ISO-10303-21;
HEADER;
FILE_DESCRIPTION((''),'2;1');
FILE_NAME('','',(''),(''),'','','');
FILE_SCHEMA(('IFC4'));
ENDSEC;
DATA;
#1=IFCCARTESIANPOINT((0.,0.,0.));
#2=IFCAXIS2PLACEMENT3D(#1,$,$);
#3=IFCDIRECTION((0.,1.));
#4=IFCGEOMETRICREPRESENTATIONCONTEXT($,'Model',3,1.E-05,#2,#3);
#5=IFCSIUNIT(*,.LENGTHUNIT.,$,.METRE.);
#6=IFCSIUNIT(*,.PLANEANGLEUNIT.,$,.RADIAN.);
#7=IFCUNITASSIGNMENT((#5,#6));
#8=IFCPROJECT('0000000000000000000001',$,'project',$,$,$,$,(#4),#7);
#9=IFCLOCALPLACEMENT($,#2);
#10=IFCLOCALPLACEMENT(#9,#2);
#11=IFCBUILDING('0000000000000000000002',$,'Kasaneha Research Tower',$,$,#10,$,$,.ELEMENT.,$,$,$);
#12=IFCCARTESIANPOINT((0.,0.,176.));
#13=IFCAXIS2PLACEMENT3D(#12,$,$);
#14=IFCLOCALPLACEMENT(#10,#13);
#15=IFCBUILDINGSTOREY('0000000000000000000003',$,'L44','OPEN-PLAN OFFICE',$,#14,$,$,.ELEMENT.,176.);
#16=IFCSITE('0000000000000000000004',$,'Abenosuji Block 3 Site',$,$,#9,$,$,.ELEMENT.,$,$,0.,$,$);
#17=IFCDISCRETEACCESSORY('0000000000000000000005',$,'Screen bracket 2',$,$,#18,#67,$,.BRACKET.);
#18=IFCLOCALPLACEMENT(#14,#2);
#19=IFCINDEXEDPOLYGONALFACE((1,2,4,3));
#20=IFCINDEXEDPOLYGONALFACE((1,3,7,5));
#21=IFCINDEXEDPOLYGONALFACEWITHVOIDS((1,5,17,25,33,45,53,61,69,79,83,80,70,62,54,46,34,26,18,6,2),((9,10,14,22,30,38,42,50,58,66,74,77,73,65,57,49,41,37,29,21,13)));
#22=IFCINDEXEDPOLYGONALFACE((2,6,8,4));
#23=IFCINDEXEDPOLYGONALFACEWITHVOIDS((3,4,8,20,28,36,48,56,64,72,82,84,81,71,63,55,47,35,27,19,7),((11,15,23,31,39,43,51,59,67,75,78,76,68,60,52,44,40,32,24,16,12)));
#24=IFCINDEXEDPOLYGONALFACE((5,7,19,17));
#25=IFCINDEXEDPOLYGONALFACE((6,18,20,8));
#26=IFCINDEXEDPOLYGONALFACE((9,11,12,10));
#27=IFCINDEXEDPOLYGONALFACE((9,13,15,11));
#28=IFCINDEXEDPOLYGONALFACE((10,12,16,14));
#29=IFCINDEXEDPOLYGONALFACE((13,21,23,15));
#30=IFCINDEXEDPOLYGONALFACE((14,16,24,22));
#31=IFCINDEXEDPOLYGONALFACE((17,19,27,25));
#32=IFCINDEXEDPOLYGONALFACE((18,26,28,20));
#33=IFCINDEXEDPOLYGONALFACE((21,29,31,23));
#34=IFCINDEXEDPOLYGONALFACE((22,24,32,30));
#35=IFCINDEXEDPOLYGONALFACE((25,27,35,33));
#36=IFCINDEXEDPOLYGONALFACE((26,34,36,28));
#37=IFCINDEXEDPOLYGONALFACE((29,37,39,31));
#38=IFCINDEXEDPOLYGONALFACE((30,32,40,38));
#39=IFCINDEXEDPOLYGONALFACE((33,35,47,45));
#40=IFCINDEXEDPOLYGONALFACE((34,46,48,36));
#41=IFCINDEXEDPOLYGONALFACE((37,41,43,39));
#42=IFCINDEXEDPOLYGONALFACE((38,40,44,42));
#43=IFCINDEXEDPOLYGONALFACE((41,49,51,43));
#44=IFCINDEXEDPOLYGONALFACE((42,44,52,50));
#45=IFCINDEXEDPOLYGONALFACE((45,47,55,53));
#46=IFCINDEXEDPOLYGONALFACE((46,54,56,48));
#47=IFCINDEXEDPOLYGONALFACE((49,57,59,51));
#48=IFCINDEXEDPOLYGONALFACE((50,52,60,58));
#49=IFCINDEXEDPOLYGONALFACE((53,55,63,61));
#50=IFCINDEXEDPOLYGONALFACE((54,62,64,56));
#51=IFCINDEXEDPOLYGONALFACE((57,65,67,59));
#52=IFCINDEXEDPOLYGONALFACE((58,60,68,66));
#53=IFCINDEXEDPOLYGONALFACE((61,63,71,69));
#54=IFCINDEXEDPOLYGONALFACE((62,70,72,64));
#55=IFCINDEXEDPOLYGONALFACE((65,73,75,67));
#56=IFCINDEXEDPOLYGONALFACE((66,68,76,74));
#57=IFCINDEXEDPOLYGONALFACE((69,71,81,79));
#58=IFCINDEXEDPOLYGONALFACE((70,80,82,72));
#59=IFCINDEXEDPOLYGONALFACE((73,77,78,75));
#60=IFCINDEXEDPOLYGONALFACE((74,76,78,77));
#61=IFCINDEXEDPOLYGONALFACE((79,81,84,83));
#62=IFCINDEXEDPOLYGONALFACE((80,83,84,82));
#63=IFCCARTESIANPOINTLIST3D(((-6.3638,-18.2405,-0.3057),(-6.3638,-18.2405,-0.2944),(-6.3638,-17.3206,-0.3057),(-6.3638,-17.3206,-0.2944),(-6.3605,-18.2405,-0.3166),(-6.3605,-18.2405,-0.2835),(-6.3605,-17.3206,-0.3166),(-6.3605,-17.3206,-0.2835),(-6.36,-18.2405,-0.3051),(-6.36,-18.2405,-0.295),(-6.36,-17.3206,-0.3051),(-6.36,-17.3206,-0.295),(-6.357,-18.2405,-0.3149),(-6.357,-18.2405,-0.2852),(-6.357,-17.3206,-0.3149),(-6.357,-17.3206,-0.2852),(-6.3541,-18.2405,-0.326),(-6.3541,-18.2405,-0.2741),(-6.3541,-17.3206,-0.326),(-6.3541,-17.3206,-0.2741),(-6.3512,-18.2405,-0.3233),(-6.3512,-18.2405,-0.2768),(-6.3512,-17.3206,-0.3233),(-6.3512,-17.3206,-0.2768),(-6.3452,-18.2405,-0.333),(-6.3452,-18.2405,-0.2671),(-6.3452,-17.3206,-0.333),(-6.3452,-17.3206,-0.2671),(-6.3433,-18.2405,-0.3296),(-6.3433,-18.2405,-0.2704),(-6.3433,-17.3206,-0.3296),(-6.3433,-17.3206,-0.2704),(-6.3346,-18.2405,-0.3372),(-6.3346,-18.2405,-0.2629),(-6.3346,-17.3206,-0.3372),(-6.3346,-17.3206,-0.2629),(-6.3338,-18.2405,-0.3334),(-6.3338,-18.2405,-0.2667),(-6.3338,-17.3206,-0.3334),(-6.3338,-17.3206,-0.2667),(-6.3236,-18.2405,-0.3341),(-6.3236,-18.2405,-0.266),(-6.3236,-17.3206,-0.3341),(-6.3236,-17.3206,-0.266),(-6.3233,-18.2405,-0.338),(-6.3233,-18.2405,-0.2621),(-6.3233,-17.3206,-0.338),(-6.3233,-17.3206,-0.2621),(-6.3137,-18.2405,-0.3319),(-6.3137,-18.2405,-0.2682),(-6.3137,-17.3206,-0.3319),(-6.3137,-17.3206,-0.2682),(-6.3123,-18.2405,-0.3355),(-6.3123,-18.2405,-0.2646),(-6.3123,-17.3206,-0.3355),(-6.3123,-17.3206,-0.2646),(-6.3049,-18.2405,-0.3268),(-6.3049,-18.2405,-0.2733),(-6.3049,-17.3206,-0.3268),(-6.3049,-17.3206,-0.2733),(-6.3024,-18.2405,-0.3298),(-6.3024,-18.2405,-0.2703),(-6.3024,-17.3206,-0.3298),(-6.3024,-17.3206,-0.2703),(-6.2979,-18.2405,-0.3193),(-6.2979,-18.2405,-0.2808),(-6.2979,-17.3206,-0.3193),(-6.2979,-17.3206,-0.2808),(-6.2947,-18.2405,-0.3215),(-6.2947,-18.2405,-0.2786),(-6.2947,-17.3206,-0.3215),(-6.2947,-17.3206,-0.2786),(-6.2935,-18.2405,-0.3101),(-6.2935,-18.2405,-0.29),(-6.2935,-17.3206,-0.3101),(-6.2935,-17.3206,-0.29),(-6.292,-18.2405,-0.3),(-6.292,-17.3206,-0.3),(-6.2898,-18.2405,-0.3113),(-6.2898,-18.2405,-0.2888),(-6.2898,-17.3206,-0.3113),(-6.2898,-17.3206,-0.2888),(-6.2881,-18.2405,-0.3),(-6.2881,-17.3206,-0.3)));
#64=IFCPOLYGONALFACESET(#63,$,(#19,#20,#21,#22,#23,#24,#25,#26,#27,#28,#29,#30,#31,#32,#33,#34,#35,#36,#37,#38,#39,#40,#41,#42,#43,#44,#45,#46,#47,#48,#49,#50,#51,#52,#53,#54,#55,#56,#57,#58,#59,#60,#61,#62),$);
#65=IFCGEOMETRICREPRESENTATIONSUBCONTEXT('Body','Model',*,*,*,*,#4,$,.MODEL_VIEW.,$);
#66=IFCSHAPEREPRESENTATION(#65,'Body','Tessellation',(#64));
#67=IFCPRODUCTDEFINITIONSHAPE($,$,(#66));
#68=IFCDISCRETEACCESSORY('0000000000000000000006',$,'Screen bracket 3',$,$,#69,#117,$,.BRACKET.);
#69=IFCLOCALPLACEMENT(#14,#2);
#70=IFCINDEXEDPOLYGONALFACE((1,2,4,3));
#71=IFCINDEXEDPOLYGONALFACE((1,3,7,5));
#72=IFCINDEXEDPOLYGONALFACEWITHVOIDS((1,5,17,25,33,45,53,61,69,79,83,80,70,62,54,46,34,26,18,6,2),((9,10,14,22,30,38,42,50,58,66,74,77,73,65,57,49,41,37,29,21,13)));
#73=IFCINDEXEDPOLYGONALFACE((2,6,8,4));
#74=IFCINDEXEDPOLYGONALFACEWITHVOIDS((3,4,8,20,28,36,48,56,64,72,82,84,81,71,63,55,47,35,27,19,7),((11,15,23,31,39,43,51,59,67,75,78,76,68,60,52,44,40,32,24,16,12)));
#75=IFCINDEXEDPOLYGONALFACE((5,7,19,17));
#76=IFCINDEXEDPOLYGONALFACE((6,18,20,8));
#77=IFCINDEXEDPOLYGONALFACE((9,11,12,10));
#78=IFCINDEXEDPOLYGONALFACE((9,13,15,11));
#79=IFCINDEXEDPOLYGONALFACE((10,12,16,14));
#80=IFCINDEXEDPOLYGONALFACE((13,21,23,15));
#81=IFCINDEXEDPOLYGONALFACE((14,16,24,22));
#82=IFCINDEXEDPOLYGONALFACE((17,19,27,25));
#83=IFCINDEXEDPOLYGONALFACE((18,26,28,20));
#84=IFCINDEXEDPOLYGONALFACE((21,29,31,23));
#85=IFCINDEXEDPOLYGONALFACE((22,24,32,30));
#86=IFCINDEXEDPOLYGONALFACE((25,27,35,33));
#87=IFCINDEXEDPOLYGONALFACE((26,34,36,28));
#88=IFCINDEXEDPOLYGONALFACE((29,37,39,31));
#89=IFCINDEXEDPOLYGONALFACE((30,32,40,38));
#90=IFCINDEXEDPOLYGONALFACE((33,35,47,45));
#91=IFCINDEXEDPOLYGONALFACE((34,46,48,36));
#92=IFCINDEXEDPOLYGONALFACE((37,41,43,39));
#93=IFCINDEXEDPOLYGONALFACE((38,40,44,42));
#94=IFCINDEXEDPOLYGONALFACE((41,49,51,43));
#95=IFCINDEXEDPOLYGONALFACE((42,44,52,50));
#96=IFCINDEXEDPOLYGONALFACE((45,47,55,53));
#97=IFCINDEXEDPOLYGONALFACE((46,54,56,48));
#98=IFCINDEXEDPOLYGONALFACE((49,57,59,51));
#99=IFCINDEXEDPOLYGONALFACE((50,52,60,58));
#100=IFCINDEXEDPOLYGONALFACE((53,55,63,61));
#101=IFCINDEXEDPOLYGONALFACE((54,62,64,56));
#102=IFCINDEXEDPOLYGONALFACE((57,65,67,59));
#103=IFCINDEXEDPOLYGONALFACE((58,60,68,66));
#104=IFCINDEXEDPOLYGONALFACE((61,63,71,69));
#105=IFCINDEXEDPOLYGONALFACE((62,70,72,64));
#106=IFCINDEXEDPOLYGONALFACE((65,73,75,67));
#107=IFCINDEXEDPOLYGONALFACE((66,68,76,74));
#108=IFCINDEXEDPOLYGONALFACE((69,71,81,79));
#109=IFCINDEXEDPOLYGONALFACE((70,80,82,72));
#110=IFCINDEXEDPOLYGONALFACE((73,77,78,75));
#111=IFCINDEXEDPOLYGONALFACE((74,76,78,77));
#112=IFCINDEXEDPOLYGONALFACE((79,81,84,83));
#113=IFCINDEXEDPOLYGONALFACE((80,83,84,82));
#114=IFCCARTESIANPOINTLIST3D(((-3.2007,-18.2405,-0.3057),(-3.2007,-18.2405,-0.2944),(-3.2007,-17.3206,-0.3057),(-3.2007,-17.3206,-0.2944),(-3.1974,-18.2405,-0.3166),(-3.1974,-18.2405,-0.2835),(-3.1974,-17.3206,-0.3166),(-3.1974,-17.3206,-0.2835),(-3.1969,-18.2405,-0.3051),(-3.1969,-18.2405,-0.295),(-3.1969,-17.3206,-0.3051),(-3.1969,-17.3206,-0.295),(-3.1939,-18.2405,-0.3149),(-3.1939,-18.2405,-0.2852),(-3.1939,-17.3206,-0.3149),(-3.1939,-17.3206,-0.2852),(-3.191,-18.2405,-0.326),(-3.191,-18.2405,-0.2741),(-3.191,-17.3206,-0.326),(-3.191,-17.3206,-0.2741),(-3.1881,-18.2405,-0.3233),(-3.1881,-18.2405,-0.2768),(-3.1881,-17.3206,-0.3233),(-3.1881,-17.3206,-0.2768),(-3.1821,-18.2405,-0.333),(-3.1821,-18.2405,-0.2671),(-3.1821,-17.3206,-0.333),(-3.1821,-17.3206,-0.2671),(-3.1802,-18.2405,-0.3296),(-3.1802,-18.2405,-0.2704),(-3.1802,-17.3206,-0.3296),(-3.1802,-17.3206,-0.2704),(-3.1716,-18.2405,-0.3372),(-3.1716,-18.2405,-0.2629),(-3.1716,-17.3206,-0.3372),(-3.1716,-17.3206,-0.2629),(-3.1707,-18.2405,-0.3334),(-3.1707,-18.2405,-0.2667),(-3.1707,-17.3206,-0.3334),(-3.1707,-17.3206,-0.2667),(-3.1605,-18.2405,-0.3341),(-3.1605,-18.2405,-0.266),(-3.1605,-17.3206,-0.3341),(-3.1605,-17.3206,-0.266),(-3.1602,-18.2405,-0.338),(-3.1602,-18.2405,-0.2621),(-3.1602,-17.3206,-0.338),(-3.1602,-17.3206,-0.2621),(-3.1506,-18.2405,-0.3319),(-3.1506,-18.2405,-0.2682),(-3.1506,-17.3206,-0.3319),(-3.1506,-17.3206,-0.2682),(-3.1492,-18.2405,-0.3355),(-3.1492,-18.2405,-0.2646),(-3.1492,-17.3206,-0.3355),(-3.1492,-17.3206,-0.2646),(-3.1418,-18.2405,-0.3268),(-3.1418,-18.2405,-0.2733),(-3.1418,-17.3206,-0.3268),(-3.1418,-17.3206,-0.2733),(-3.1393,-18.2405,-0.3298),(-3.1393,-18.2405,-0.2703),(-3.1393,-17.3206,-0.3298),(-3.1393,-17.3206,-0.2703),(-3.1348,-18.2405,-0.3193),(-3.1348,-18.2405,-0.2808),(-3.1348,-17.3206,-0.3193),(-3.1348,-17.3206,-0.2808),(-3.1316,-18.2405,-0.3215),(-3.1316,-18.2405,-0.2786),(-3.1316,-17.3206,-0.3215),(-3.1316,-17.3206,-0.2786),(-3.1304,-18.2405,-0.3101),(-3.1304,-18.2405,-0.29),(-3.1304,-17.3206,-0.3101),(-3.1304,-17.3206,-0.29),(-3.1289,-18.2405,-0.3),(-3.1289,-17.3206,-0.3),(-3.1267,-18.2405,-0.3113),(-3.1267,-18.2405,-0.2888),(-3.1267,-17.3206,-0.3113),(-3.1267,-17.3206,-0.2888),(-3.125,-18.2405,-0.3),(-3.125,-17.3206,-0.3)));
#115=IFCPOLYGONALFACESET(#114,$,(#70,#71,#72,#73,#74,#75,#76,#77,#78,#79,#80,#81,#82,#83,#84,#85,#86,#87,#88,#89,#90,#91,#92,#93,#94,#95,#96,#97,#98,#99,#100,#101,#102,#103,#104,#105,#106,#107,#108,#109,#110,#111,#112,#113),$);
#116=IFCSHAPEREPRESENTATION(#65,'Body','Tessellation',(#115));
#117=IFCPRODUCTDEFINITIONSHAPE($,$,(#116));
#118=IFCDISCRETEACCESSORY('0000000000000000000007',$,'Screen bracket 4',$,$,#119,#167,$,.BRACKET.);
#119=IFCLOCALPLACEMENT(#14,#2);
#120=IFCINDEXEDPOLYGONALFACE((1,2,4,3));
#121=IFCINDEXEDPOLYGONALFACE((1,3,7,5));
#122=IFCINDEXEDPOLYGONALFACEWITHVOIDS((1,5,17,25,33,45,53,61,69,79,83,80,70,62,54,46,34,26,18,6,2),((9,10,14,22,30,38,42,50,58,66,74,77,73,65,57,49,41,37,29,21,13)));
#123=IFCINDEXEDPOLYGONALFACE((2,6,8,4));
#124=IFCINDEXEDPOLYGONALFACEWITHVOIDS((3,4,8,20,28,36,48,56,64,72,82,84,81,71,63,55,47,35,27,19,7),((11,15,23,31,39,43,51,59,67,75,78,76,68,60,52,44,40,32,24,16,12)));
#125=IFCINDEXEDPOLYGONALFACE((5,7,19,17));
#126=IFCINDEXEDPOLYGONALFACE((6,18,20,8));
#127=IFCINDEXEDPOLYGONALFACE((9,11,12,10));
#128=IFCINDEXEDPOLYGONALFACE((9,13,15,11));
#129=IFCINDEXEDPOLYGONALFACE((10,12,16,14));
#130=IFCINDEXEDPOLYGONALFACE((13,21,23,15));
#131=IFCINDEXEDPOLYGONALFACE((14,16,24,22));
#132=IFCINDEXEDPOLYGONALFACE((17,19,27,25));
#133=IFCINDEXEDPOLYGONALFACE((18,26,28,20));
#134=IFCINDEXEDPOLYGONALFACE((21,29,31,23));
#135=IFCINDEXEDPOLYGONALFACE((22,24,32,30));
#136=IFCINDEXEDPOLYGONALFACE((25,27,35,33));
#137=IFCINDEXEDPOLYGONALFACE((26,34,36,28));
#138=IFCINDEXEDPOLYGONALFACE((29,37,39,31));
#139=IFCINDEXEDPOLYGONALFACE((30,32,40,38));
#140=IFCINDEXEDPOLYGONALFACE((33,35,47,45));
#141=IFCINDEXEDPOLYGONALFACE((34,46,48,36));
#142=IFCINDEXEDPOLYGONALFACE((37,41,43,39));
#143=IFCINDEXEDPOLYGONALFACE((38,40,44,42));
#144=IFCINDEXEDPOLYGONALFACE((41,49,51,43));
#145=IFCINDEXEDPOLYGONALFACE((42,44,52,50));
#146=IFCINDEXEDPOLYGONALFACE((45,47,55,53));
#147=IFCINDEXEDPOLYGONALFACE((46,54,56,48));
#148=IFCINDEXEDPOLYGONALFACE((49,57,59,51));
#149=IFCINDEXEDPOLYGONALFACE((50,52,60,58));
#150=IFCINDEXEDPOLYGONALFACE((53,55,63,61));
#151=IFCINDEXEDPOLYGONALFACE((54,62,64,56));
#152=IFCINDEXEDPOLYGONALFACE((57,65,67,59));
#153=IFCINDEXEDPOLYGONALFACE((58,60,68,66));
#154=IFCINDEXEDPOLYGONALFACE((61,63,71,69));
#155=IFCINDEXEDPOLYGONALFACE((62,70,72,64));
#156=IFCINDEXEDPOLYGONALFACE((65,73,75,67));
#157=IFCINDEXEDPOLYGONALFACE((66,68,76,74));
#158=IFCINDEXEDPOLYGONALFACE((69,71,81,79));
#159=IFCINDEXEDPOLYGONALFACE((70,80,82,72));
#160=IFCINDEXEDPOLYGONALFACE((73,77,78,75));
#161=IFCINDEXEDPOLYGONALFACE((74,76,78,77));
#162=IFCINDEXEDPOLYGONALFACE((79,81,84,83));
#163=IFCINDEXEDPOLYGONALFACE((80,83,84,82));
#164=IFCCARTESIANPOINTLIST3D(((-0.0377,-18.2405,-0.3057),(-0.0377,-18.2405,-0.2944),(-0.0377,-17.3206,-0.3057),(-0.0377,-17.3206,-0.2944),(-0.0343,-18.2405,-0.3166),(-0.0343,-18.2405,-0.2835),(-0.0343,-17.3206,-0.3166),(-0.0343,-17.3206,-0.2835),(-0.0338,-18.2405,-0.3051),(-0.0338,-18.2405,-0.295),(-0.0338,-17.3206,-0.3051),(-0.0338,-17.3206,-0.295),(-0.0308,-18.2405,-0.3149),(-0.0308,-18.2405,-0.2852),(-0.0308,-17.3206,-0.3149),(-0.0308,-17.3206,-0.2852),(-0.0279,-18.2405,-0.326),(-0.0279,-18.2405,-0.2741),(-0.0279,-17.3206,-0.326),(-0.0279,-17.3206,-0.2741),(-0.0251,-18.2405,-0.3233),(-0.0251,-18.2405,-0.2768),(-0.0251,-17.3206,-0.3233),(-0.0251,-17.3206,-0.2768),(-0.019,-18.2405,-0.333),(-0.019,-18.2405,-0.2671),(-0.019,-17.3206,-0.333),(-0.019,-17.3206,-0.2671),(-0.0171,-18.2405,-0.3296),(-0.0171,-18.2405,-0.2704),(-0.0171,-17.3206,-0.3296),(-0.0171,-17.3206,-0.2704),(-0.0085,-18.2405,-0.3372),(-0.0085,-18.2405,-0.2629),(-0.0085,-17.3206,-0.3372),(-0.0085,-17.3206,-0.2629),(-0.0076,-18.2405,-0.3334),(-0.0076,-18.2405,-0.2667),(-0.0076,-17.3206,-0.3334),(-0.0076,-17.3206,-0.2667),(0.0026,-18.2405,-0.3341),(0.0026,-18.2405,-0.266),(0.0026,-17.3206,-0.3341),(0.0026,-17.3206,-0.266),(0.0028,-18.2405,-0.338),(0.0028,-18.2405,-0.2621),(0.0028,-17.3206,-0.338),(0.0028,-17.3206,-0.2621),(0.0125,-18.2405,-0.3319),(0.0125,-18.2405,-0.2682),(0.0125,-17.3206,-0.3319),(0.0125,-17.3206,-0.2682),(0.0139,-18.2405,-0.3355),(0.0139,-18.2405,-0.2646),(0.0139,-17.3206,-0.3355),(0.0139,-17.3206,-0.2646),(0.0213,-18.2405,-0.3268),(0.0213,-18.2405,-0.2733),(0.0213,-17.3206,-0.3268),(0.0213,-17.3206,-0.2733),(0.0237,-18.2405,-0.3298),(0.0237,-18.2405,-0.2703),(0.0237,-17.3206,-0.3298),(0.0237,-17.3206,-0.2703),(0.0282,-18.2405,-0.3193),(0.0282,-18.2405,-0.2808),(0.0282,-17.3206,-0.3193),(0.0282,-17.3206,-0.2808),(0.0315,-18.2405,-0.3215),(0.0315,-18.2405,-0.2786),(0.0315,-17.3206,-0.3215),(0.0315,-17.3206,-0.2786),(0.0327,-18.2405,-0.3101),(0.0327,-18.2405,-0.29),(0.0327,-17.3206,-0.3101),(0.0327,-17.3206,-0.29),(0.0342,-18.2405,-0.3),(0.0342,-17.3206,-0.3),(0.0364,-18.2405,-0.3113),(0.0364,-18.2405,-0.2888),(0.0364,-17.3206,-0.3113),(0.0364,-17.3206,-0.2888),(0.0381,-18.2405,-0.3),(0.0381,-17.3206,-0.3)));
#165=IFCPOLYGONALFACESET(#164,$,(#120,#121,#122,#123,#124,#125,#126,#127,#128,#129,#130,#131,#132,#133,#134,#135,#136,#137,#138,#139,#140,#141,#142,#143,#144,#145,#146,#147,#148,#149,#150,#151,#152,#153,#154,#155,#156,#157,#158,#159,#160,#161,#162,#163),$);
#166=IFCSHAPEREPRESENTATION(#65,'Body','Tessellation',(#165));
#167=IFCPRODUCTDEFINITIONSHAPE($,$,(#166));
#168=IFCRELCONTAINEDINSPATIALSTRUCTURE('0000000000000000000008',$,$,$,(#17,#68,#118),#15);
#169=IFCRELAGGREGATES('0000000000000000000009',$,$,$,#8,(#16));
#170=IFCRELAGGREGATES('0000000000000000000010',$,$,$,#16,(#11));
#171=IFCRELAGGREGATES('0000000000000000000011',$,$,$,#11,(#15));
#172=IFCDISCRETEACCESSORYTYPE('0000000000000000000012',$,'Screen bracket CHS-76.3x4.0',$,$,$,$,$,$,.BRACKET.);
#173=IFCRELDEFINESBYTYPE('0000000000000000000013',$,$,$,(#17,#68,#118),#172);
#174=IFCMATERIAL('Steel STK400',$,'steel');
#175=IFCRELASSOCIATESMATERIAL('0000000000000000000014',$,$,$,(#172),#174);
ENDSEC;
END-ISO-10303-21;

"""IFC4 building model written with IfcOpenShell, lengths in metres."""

from ifc_helpers import new_model, si_unit, direction, frame, origin, origin_2d, place, context, subcontext, project, spatial, hollow_circle, extrude, material, material_profile, profile_set, type_object, element, save


model = new_model("IFC4")

# Units and contexts
model_context = context("Model", 3, precision=1e-05, world=origin(), true_north=direction((0.0, 1.0)))
body_context = subcontext(model_context, "Body", "Model", "MODEL_VIEW")
ifc_project = project(units=[si_unit("LENGTHUNIT", "METRE"), si_unit("PLANEANGLEUNIT", "RADIAN")], contexts=[model_context])

# Site, building, storey
site_placement = place(None, origin())
site = spatial("IfcSite", under=ifc_project, at=site_placement, Name="Abenosuji Block 3 Site", CompositionType="ELEMENT", RefElevation=0.0)
building_placement = place(site_placement, origin())
building = spatial("IfcBuilding", under=site, at=building_placement, Name="Kasaneha Research Tower", CompositionType="ELEMENT")
storey_placement = place(building_placement, frame((0.0, 0.0, 176.0)))
storey = spatial("IfcBuildingStorey", under=building, at=storey_placement, Name="L44", Description="OPEN-PLAN OFFICE", CompositionType="ELEMENT", Elevation=176.0)

# Discrete accessories
ifc_material_1 = material(Name="Steel STK400", Category="steel")
ifc_material_profile_1 = material_profile(ifc_material_1, hollow_circle(Radius=0.0381, WallThickness=0.0039, at=origin_2d()), Name="CHS-76.3x4.0")
ifc_profile_set_1 = profile_set([ifc_material_profile_1], Name="Steel STK400")
discrete_accessory_type = type_object("IfcDiscreteAccessoryType", Name="Screen bracket CHS-76.3x4.0", PredefinedType="BRACKET", material=ifc_profile_set_1)
for number, where, z_axis, x_axis, name in (
    (1, (-6.3262, -17.3206, -0.3), (0.0, -1.0, 0.0), (1.0, 0.0, 0.0), "Screen bracket 2"),
    (2, (-3.1631, -17.3206, -0.3), (0.0, -1.0, 0.0), (1.0, 0.0, 0.0), "Screen bracket 3"),
    (3, (0.0, -17.3206, -0.3), (0.0, -1.0, 0.0), (1.0, 0.0, 0.0), "Screen bracket 4"),
):
    element("IfcDiscreteAccessory", number, at=place(storey_placement, frame(where, z_axis=z_axis, x_axis=x_axis)), inside=storey, type_object=discrete_accessory_type, Name=name, PredefinedType="BRACKET", context=body_context, shape_type="SweptSolid", body=[
        extrude(hollow_circle(Radius=0.0381, WallThickness=0.0039, at=origin_2d()), origin(), (0.0, 0.0, 1.0), 0.9199),
    ])

save(model, "model.ifc")
